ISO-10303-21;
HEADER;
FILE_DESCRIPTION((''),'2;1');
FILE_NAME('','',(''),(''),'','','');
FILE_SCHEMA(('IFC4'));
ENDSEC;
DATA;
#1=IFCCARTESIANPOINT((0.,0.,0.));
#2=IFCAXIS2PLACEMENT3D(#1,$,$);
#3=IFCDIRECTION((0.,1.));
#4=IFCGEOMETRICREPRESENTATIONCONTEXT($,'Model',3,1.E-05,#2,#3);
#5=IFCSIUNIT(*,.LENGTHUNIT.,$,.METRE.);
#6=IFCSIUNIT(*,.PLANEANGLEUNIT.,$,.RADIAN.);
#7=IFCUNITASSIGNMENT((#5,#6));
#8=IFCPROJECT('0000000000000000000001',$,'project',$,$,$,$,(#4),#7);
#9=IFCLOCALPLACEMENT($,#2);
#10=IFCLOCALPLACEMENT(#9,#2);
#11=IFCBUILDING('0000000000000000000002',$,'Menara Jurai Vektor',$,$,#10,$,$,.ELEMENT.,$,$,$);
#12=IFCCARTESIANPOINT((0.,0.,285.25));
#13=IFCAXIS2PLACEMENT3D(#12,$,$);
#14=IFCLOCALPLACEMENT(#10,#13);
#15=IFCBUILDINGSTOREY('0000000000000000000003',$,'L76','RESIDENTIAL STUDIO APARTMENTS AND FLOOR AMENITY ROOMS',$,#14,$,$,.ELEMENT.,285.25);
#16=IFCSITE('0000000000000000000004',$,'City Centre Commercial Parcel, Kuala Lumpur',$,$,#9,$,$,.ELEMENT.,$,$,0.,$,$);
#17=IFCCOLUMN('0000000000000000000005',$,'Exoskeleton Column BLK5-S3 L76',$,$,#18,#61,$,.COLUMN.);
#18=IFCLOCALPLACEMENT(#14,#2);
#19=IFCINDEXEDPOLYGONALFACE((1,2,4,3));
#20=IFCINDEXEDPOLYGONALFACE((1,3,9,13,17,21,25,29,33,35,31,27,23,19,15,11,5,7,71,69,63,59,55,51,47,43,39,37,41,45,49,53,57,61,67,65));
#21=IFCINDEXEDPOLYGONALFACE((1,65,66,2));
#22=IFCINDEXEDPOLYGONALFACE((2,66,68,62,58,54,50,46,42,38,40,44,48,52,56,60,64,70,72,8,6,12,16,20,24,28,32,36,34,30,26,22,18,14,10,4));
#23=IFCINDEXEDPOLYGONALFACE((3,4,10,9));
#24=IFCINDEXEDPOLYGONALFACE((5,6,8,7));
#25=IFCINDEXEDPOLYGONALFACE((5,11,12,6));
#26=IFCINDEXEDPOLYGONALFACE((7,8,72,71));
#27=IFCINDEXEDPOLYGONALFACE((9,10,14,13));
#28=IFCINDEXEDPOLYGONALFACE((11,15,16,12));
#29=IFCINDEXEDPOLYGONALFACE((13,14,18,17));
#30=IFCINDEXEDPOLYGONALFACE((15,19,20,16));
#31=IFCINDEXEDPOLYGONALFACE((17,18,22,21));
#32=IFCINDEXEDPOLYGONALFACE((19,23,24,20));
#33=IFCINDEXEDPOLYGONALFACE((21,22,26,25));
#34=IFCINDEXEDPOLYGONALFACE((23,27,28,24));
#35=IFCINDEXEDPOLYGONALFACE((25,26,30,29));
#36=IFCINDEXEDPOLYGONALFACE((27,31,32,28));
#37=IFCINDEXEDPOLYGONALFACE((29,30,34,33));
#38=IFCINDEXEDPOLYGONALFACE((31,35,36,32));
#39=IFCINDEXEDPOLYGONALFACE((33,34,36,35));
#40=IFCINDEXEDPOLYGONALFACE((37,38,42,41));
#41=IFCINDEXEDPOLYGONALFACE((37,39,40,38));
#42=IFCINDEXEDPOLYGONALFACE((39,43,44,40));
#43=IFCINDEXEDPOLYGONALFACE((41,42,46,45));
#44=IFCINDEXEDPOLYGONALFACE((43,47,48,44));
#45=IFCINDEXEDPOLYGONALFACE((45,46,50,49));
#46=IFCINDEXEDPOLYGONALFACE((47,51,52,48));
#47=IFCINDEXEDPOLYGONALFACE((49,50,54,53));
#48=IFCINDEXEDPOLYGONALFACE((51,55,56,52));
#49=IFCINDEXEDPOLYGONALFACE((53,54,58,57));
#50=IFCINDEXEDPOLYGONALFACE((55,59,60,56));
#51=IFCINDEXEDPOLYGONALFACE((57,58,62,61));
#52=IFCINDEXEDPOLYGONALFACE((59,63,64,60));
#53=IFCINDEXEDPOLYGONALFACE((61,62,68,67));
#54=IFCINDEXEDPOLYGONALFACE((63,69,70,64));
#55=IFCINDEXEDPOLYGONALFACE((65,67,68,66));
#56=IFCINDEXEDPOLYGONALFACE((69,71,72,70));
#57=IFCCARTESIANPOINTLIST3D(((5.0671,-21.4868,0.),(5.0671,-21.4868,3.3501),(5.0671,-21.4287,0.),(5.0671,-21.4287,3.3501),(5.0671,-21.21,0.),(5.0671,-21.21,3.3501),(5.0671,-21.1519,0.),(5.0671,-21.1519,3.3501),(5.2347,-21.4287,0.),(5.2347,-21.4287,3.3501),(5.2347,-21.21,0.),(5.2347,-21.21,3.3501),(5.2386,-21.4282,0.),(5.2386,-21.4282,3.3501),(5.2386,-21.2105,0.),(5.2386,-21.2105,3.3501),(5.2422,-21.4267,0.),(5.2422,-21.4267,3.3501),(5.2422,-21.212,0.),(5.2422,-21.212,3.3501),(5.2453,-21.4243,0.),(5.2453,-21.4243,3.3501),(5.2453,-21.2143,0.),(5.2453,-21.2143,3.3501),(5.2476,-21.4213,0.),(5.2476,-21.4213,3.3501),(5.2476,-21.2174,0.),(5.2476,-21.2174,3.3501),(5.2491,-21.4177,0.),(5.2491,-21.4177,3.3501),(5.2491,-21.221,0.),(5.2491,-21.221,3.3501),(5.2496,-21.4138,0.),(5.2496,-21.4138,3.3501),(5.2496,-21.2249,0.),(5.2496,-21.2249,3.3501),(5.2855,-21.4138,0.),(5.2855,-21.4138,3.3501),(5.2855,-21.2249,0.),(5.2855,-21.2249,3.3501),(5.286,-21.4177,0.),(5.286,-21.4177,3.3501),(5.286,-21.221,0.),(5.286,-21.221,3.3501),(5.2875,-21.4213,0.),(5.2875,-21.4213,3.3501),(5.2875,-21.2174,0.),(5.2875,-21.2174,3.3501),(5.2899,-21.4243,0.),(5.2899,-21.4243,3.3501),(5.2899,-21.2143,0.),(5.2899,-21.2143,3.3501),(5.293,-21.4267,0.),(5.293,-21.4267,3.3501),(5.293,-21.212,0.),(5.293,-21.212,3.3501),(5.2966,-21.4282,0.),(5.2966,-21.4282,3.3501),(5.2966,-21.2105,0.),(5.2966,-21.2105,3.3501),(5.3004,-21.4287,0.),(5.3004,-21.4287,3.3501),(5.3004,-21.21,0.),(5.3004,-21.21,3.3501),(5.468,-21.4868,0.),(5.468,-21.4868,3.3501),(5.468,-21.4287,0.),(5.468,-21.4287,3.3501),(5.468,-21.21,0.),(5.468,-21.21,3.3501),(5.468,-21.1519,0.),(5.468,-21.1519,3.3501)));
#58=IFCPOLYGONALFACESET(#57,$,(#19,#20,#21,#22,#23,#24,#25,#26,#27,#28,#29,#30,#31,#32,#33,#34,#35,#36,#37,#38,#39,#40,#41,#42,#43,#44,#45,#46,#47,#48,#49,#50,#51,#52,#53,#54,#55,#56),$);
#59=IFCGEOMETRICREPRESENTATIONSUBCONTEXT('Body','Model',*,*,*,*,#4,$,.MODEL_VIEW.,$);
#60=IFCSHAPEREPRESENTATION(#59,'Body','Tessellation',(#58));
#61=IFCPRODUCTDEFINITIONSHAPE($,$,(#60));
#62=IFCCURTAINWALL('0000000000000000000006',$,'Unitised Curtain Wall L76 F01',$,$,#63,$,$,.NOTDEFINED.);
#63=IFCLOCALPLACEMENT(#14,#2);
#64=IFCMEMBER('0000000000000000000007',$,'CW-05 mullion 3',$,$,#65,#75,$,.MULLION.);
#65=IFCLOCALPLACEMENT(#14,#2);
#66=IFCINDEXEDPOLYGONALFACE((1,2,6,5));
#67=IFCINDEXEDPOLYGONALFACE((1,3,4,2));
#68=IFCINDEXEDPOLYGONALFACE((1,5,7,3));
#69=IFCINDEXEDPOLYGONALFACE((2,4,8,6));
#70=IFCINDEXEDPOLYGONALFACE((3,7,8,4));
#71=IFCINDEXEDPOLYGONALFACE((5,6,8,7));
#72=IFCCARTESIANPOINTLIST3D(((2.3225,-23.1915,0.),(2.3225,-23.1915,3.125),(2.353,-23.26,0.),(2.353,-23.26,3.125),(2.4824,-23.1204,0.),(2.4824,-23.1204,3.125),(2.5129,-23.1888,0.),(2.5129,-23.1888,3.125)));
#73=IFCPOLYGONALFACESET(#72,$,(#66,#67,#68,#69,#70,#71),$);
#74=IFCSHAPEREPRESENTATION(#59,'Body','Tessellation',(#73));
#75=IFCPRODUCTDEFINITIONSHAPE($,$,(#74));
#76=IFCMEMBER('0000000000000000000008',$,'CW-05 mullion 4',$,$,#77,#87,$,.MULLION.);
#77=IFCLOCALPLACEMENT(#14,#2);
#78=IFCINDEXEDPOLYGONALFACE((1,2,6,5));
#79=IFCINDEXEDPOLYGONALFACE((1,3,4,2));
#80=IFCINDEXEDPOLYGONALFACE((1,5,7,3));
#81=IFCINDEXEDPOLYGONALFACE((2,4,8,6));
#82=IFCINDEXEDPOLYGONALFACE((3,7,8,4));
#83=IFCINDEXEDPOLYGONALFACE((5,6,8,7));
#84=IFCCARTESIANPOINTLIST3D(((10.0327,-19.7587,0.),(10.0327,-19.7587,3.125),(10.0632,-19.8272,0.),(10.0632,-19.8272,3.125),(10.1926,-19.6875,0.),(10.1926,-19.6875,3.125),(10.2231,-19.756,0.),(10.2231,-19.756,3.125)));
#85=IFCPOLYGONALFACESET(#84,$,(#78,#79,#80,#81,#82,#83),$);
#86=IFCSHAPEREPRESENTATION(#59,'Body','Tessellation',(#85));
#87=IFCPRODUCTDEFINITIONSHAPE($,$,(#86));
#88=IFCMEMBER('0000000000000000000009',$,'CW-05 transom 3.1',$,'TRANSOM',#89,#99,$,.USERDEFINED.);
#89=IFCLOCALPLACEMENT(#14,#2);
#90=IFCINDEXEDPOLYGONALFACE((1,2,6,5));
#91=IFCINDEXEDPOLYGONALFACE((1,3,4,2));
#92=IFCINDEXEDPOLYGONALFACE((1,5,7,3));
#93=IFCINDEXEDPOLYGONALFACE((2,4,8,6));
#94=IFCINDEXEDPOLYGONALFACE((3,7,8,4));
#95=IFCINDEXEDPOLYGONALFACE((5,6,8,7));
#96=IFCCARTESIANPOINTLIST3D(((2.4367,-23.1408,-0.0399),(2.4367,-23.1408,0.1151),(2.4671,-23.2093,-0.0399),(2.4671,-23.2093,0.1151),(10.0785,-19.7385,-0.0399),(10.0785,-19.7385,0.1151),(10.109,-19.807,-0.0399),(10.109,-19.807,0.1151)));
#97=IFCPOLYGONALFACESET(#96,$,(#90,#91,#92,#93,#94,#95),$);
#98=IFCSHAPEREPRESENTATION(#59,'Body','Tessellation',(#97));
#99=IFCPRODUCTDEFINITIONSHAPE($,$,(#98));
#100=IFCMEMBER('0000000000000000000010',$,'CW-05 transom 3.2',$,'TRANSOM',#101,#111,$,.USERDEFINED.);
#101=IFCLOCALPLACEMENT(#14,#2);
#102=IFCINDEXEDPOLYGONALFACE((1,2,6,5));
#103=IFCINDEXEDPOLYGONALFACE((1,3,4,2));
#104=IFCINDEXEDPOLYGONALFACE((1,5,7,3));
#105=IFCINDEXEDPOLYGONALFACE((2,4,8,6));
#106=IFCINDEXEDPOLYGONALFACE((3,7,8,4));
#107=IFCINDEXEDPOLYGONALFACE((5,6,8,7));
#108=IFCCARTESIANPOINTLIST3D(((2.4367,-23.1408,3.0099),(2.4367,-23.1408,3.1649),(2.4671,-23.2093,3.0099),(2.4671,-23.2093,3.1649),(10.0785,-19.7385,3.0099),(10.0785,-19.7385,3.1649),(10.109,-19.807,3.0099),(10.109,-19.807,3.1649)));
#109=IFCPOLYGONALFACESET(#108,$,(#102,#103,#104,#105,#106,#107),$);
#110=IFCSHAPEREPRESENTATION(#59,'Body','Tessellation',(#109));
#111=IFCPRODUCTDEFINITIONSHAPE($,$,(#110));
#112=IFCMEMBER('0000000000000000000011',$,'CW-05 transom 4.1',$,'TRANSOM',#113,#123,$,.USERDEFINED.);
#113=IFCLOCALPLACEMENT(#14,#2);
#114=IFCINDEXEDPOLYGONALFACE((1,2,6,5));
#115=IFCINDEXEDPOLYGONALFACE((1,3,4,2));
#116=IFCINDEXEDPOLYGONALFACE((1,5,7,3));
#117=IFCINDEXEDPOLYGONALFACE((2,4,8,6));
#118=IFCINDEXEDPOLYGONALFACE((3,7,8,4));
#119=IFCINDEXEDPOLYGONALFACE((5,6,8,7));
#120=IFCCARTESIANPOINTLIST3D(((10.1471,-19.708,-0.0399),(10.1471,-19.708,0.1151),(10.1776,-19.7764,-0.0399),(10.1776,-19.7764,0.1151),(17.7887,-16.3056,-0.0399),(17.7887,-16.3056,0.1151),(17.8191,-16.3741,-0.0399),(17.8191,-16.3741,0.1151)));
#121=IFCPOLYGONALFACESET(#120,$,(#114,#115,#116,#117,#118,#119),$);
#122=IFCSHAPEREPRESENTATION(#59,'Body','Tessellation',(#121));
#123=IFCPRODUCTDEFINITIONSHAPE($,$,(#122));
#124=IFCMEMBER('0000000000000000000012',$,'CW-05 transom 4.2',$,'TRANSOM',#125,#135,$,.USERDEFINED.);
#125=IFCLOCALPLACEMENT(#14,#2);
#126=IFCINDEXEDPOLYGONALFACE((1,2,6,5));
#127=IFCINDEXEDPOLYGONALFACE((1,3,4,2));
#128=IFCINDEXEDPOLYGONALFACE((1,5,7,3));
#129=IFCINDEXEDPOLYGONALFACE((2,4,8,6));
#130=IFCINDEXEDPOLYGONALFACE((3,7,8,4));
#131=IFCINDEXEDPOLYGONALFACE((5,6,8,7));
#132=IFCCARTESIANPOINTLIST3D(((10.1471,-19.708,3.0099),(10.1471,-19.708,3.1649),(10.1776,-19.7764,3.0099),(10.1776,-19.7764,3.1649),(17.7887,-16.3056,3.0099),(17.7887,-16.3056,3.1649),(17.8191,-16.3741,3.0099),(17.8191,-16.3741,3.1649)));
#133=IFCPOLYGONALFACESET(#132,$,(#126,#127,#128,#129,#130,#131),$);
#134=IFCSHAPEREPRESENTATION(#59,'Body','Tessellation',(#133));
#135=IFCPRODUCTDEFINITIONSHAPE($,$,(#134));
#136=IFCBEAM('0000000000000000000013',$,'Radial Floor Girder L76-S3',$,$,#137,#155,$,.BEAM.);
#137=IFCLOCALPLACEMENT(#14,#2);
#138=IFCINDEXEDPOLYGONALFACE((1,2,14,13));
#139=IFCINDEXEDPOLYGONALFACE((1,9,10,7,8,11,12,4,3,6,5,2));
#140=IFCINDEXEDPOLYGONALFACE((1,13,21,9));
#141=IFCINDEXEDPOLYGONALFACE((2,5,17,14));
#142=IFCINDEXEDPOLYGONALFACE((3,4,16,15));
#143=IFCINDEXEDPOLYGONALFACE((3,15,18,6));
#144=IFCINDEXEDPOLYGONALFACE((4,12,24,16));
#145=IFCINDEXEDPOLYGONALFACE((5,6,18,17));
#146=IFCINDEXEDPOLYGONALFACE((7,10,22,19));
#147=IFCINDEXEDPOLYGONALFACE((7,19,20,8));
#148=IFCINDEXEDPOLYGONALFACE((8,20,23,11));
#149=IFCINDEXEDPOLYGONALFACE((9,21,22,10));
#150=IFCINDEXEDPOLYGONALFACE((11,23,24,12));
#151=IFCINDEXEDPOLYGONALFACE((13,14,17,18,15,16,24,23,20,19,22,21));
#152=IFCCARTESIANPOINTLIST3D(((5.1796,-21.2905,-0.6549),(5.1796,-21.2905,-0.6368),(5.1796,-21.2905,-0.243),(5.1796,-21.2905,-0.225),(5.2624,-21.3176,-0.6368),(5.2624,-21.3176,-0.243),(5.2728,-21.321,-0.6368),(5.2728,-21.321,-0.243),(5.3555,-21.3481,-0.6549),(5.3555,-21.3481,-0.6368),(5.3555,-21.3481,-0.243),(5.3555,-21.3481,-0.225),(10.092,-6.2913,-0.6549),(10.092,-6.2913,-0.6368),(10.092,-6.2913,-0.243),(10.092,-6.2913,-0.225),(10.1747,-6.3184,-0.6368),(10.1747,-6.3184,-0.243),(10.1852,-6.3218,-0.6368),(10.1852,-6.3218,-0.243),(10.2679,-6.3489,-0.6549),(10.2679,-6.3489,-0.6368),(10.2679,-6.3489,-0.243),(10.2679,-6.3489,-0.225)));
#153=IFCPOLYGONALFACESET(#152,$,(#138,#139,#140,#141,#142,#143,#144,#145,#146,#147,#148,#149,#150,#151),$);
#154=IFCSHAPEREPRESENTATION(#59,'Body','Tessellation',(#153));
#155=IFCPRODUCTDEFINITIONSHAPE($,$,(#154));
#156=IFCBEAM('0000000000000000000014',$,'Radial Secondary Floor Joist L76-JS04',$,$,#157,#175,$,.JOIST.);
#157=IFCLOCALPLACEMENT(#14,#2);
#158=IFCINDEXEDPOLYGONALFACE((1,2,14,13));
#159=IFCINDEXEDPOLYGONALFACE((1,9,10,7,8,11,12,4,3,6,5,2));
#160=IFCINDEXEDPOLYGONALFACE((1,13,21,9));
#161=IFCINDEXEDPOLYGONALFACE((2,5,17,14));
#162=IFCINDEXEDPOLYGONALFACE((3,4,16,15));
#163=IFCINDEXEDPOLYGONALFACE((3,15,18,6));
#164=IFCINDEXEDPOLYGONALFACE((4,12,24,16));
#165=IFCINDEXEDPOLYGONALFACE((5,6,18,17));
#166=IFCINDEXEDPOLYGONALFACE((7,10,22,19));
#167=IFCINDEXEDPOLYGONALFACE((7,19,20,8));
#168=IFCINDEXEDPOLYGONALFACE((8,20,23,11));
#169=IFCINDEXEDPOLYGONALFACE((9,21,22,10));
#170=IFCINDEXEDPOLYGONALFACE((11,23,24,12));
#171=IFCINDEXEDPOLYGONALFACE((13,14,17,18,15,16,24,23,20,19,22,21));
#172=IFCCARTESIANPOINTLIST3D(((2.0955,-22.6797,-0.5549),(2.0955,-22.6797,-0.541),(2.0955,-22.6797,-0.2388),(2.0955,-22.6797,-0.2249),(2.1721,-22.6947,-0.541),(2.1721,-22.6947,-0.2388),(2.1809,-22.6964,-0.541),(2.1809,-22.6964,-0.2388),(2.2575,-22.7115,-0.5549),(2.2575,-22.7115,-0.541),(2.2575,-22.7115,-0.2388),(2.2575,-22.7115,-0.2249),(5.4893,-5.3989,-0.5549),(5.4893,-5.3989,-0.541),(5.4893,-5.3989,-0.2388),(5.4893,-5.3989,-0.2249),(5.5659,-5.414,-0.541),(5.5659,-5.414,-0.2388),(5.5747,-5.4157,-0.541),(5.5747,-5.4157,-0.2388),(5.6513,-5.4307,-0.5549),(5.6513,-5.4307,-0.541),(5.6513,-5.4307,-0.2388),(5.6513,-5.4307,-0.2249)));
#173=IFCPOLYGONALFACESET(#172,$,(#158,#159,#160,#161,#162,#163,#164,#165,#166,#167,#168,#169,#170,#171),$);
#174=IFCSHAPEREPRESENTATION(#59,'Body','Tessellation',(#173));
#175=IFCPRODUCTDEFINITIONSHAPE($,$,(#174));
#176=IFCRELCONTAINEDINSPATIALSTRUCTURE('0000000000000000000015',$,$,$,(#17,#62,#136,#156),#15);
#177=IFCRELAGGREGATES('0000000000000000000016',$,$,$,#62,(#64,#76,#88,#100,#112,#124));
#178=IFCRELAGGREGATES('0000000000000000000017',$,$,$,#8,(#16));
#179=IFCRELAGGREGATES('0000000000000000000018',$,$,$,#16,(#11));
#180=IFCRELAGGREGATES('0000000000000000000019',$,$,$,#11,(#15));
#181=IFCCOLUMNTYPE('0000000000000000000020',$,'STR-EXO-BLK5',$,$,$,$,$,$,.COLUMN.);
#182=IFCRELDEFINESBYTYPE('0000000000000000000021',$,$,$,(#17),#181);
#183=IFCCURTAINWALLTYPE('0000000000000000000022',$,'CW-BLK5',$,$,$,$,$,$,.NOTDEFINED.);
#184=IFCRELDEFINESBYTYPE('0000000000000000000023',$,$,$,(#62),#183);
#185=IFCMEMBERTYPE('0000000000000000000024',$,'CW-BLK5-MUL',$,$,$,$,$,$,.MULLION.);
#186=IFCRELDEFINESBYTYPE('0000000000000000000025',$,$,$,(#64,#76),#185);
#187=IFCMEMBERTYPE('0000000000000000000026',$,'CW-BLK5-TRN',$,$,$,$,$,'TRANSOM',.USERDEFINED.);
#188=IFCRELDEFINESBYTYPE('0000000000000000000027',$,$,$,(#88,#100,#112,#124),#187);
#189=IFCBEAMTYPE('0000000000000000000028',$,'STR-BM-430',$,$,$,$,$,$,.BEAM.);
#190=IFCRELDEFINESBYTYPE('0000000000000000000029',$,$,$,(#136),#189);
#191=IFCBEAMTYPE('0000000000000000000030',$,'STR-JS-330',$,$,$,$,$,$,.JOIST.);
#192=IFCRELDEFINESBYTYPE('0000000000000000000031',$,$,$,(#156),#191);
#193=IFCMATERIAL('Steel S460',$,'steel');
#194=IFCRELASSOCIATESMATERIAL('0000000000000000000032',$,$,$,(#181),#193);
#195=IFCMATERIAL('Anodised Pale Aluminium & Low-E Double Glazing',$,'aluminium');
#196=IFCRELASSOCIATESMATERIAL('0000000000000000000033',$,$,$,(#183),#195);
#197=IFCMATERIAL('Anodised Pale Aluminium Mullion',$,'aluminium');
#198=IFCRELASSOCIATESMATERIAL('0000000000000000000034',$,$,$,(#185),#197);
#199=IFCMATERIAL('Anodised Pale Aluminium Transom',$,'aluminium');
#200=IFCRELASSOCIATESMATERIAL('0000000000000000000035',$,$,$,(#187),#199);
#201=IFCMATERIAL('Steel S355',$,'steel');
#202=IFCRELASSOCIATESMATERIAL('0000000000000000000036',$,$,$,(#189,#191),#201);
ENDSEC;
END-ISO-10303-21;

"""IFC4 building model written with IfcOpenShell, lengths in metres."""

from ifc_helpers import new_model, si_unit, direction, frame, origin, origin_2d, place, context, subcontext, project, spatial, rectangle, i_section, extrude, material, material_profile, profile_set, type_object, element, aggregate, save


model = new_model("IFC4")

# Units and contexts
model_context = context("Model", 3, precision=1e-05, world=origin(), true_north=direction((0.0, 1.0)))
body_context = subcontext(model_context, "Body", "Model", "MODEL_VIEW")
ifc_project = project(units=[si_unit("LENGTHUNIT", "METRE"), si_unit("PLANEANGLEUNIT", "RADIAN")], contexts=[model_context])

# Site, building, storey
site_placement = place(None, origin())
site = spatial("IfcSite", under=ifc_project, at=site_placement, Name="City Centre Commercial Parcel, Kuala Lumpur", CompositionType="ELEMENT", RefElevation=0.0)
building_placement = place(site_placement, origin())
building = spatial("IfcBuilding", under=site, at=building_placement, Name="Menara Jurai Vektor", CompositionType="ELEMENT")
storey_placement = place(building_placement, frame((0.0, 0.0, 285.25)))
storey = spatial("IfcBuildingStorey", under=building, at=storey_placement, Name="L76", Description="RESIDENTIAL STUDIO APARTMENTS AND FLOOR AMENITY ROOMS", CompositionType="ELEMENT", Elevation=285.25)

# Column
ifc_material_1 = material(Name="Steel S460", Category="steel")
ifc_material_profile_1 = material_profile(ifc_material_1, i_section(OverallWidth=0.4009, OverallDepth=0.335, WebThickness=0.0359, FlangeThickness=0.0581, FilletRadius=0.0149, at=origin_2d()), Name="HD 400x463")
ifc_profile_set_1 = profile_set([ifc_material_profile_1], Name="Steel S460")
column_type = type_object("IfcColumnType", Name="STR-EXO-BLK5", PredefinedType="COLUMN", material=ifc_profile_set_1)
column_placement = place(storey_placement, frame((5.2676, -21.3193, 0.0), z_axis=(0.0, 0.0, 1.0), x_axis=(1.0, 0.0, 0.0)))
element("IfcColumn", 1, at=column_placement, inside=storey, type_object=column_type, Name="Exoskeleton Column BLK5-S3 L76", PredefinedType="COLUMN", context=body_context, shape_type="SweptSolid", body=[
    extrude(i_section(OverallWidth=0.4009, OverallDepth=0.335, WebThickness=0.0359, FlangeThickness=0.0581, FilletRadius=0.0149, at=origin_2d()), origin(), (0.0, 0.0, 1.0), 3.3501),
])

# Curtain wall, members
ifc_material_2 = material(Name="Anodised Pale Aluminium & Low-E Double Glazing", Category="aluminium")
curtain_wall_type = type_object("IfcCurtainWallType", Name="CW-BLK5", PredefinedType="NOTDEFINED", material=ifc_material_2)
curtain_wall_placement = place(storey_placement, origin())
curtain_wall = element("IfcCurtainWall", 2, at=curtain_wall_placement, inside=storey, type_object=curtain_wall_type, Name="Unitised Curtain Wall L76 F01", PredefinedType="NOTDEFINED")
ifc_material_3 = material(Name="Anodised Pale Aluminium Mullion", Category="aluminium")
ifc_material_profile_2 = material_profile(ifc_material_3, rectangle(XDim=0.075, YDim=0.175, at=origin_2d()), Name="ALU MUL 75x175")
ifc_profile_set_2 = profile_set([ifc_material_profile_2], Name="Anodised Pale Aluminium Mullion")
member_type_1 = type_object("IfcMemberType", Name="CW-BLK5-MUL", PredefinedType="MULLION", material=ifc_profile_set_2)
member_1_placement = place(storey_placement, frame((2.4177, -23.1902, 0.0), z_axis=(0.0, 0.0, 1.0), x_axis=(-0.406735, 0.913546, 0.0)))
member_1 = element("IfcMember", 3, at=member_1_placement, type_object=member_type_1, Name="CW-05 mullion 3", PredefinedType="MULLION", context=body_context, shape_type="SweptSolid", body=[
    extrude(rectangle(XDim=0.075, YDim=0.175, at=origin_2d()), origin(), (0.0, 0.0, 1.0), 3.125),
])
member_2_placement = place(storey_placement, frame((10.1279, -19.7573, 0.0), z_axis=(0.0, 0.0, 1.0), x_axis=(-0.406735, 0.913546, 0.0)))
member_2 = element("IfcMember", 4, at=member_2_placement, type_object=member_type_1, Name="CW-05 mullion 4", PredefinedType="MULLION", context=body_context, shape_type="SweptSolid", body=[
    extrude(rectangle(XDim=0.075, YDim=0.175, at=origin_2d()), origin(), (0.0, 0.0, 1.0), 3.125),
])
ifc_material_4 = material(Name="Anodised Pale Aluminium Transom", Category="aluminium")
ifc_material_profile_3 = material_profile(ifc_material_4, rectangle(XDim=0.075, YDim=0.155, at=origin_2d()), Name="ALU TRN 75x155")
ifc_profile_set_3 = profile_set([ifc_material_profile_3], Name="Anodised Pale Aluminium Transom")
member_type_2 = type_object("IfcMemberType", Name="CW-BLK5-TRN", ElementType="TRANSOM", PredefinedType="USERDEFINED", material=ifc_profile_set_3)
member_3_placement = place(storey_placement, frame((2.4519, -23.175, 0.0376), z_axis=(0.913547, 0.406734, 0.0), x_axis=(-0.406734, 0.913547, 0.0)))
member_3 = element("IfcMember", 5, at=member_3_placement, type_object=member_type_2, Name="CW-05 transom 3.1", ObjectType="TRANSOM", PredefinedType="USERDEFINED", context=body_context, shape_type="SweptSolid", body=[
    extrude(rectangle(XDim=0.075, YDim=0.155, at=origin_2d()), origin(), (0.0, 0.0, 1.0), 8.365),
])
member_4_placement = place(storey_placement, frame((2.4519, -23.175, 3.0874), z_axis=(0.913547, 0.406734, 0.0), x_axis=(-0.406734, 0.913547, 0.0)))
member_4 = element("IfcMember", 6, at=member_4_placement, type_object=member_type_2, Name="CW-05 transom 3.2", ObjectType="TRANSOM", PredefinedType="USERDEFINED", context=body_context, shape_type="SweptSolid", body=[
    extrude(rectangle(XDim=0.075, YDim=0.155, at=origin_2d()), origin(), (0.0, 0.0, 1.0), 8.365),
])
member_5_placement = place(storey_placement, frame((10.1624, -19.7422, 0.0376), z_axis=(0.913542, 0.406745, 0.0), x_axis=(-0.406745, 0.913542, 0.0)))
member_5 = element("IfcMember", 7, at=member_5_placement, type_object=member_type_2, Name="CW-05 transom 4.1", ObjectType="TRANSOM", PredefinedType="USERDEFINED", context=body_context, shape_type="SweptSolid", body=[
    extrude(rectangle(XDim=0.075, YDim=0.155, at=origin_2d()), origin(), (0.0, 0.0, 1.0), 8.3647),
])
member_6_placement = place(storey_placement, frame((10.1624, -19.7422, 3.0874), z_axis=(0.913542, 0.406745, 0.0), x_axis=(-0.406745, 0.913542, 0.0)))
member_6 = element("IfcMember", 8, at=member_6_placement, type_object=member_type_2, Name="CW-05 transom 4.2", ObjectType="TRANSOM", PredefinedType="USERDEFINED", context=body_context, shape_type="SweptSolid", body=[
    extrude(rectangle(XDim=0.075, YDim=0.155, at=origin_2d()), origin(), (0.0, 0.0, 1.0), 8.3647),
])

# Beams
ifc_material_5 = material(Name="Steel S355", Category="steel")
ifc_material_profile_4 = material_profile(ifc_material_5, i_section(OverallWidth=0.1851, OverallDepth=0.4299, WebThickness=0.011, FlangeThickness=0.0181, at=origin_2d()), Name="PG 430x185x76")
ifc_profile_set_4 = profile_set([ifc_material_profile_4], Name="Steel S355")
beam_type_1 = type_object("IfcBeamType", Name="STR-BM-430", PredefinedType="BEAM", material=ifc_profile_set_4)
beam_1_placement = place(storey_placement, frame((5.2676, -21.3193, -0.4399), z_axis=(0.311239, 0.950332, 0.0), x_axis=(-0.950332, 0.311239, 0.0)))
element("IfcBeam", 9, at=beam_1_placement, inside=storey, type_object=beam_type_1, Name="Radial Floor Girder L76-S3", PredefinedType="BEAM", context=body_context, shape_type="SweptSolid", body=[
    extrude(i_section(OverallWidth=0.1851, OverallDepth=0.4299, WebThickness=0.011, FlangeThickness=0.0181, at=origin_2d()), origin(), (0.0, 0.0, 1.0), 15.7832),
])
ifc_material_profile_5 = material_profile(ifc_material_5, i_section(OverallWidth=0.165, OverallDepth=0.3301, WebThickness=0.009, FlangeThickness=0.0139, at=origin_2d()), Name="PG 330x165x46")
ifc_profile_set_5 = profile_set([ifc_material_profile_5], Name="Steel S355")
beam_type_2 = type_object("IfcBeamType", Name="STR-JS-330", PredefinedType="JOIST", material=ifc_profile_set_5)
beam_2_placement = place(storey_placement, frame((2.1765, -22.6956, -0.3899), z_axis=(0.192711, 0.981256, 0.0), x_axis=(-0.981256, 0.192711, 0.0)))
element("IfcBeam", 10, at=beam_2_placement, inside=storey, type_object=beam_type_2, Name="Radial Secondary Floor Joist L76-JS04", PredefinedType="JOIST", context=body_context, shape_type="SweptSolid", body=[
    extrude(i_section(OverallWidth=0.165, OverallDepth=0.3301, WebThickness=0.009, FlangeThickness=0.0139, at=origin_2d()), origin(), (0.0, 0.0, 1.0), 17.6108),
])

aggregate(curtain_wall, [member_1, member_2, member_3, member_4, member_5, member_6])

save(model, "model.ifc")
